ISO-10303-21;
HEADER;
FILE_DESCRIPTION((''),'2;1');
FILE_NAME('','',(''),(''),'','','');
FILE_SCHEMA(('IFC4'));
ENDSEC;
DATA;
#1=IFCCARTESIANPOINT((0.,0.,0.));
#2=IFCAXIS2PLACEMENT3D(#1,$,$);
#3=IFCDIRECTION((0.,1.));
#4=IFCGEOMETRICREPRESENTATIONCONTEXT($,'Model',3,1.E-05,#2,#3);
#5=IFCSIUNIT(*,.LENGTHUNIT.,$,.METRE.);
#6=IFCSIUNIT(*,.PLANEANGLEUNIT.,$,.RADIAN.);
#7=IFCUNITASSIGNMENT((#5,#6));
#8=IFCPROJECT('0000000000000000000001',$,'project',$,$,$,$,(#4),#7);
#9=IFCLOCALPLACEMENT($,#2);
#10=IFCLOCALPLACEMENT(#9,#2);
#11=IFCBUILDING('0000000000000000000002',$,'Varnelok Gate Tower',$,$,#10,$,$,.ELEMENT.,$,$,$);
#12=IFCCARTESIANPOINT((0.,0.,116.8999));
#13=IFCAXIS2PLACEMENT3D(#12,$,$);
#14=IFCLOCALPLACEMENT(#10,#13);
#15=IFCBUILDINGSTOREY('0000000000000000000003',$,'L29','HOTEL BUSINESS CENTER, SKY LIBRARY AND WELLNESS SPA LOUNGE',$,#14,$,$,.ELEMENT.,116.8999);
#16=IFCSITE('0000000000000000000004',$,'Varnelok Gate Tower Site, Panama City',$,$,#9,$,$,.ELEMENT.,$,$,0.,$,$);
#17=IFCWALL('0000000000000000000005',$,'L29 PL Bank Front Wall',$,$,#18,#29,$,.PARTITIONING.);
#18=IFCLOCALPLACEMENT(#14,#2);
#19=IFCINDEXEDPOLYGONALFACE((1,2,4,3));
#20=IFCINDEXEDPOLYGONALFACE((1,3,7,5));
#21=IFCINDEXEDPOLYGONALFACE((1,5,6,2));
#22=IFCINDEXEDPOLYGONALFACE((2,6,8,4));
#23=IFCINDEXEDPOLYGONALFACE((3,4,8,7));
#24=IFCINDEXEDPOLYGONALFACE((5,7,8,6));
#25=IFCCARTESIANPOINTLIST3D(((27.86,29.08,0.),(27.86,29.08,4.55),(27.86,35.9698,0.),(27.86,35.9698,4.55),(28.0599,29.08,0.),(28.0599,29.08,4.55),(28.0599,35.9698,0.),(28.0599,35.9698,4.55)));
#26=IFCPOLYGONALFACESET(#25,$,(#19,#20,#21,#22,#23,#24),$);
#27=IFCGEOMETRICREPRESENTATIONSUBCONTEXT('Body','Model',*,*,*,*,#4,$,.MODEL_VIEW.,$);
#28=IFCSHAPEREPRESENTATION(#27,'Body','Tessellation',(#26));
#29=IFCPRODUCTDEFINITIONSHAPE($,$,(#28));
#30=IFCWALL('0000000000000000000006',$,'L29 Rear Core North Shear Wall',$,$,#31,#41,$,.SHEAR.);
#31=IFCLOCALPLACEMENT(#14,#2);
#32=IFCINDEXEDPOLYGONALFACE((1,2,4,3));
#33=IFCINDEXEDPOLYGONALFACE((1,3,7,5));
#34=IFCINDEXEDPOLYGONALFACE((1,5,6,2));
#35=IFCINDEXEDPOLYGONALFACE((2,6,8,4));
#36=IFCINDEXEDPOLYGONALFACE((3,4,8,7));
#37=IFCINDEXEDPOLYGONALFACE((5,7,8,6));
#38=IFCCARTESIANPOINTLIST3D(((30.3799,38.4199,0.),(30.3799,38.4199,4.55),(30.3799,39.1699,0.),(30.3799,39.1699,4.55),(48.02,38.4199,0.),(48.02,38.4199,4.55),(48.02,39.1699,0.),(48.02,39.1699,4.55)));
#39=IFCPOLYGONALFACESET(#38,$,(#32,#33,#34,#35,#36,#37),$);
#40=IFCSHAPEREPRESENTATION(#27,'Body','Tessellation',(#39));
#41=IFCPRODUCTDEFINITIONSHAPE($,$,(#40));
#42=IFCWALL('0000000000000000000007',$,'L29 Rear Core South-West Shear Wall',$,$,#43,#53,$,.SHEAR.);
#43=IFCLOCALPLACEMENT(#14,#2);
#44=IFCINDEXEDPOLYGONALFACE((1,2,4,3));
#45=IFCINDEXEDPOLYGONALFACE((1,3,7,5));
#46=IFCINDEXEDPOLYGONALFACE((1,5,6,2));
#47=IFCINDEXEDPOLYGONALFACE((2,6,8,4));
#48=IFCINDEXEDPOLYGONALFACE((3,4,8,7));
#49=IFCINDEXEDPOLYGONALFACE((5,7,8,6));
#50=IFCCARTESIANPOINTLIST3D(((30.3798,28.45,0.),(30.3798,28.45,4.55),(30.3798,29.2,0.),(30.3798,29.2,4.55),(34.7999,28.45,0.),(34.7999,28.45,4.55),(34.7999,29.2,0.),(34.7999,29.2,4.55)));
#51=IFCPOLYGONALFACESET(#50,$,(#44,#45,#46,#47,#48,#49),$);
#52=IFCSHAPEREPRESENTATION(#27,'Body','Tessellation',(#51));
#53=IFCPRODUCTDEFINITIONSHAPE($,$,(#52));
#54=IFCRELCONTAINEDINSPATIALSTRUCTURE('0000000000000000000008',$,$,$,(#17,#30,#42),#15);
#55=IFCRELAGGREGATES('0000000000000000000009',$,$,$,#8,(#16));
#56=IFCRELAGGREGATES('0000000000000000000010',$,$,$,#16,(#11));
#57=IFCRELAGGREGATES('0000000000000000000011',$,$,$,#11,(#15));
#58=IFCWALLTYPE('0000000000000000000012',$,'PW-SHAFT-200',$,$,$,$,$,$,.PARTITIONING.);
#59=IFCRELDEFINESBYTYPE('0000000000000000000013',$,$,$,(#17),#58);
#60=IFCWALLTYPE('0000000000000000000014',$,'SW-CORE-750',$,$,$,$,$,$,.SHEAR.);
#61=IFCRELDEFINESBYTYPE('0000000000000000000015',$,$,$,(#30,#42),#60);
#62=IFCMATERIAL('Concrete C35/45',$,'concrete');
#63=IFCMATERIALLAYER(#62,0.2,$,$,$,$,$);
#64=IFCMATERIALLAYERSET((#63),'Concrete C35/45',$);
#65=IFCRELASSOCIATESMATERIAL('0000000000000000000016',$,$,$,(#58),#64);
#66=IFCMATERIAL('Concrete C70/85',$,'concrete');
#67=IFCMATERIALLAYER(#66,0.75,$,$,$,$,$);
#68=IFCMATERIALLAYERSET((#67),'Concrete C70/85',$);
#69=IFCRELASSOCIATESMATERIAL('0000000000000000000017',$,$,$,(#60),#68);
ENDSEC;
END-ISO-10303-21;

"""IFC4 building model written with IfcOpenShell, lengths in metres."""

from ifc_helpers import new_model, si_unit, direction, frame, frame_2d, origin, place, context, subcontext, project, spatial, rectangle, extrude, material, layer, layer_set, type_object, element, save


model = new_model("IFC4")

# Units and contexts
model_context = context("Model", 3, precision=1e-05, world=origin(), true_north=direction((0.0, 1.0)))
body_context = subcontext(model_context, "Body", "Model", "MODEL_VIEW")
ifc_project = project(units=[si_unit("LENGTHUNIT", "METRE"), si_unit("PLANEANGLEUNIT", "RADIAN")], contexts=[model_context])

# Site, building, storey
site_placement = place(None, origin())
site = spatial("IfcSite", under=ifc_project, at=site_placement, Name="Varnelok Gate Tower Site, Panama City", CompositionType="ELEMENT", RefElevation=0.0)
building_placement = place(site_placement, origin())
building = spatial("IfcBuilding", under=site, at=building_placement, Name="Varnelok Gate Tower", CompositionType="ELEMENT")
storey_placement = place(building_placement, frame((0.0, 0.0, 116.8999)))
storey = spatial("IfcBuildingStorey", under=building, at=storey_placement, Name="L29", Description="HOTEL BUSINESS CENTER, SKY LIBRARY AND WELLNESS SPA LOUNGE", CompositionType="ELEMENT", Elevation=116.8999)

# Shared definitions
ifc_material_1 = material(Name="Concrete C70/85", Category="concrete")

# Walls
ifc_material_2 = material(Name="Concrete C35/45", Category="concrete")
ifc_layer_1 = layer(ifc_material_2, 0.2)
ifc_layer_set_1 = layer_set([ifc_layer_1], Name="Concrete C35/45")
wall_type_1 = type_object("IfcWallType", Name="PW-SHAFT-200", PredefinedType="PARTITIONING", material=ifc_layer_set_1)
for number, where, z_axis, x_axis, name in (
    (1, (27.96, 29.0801, 0.0), (0.0, 0.0, 1.0), (0.0, 1.0, 0.0), "L29 PL Bank Front Wall"),
):
    element("IfcWall", number, at=place(storey_placement, frame(where, z_axis=z_axis, x_axis=x_axis)), inside=storey, type_object=wall_type_1, Name=name, PredefinedType="PARTITIONING", context=body_context, shape_type="SweptSolid", body=[
        extrude(rectangle(XDim=6.8899, YDim=0.2, at=frame_2d((3.4448, 0.0))), origin(), (0.0, 0.0, 1.0), 4.55),
    ])
ifc_layer_2 = layer(ifc_material_1, 0.75)
ifc_layer_set_2 = layer_set([ifc_layer_2], Name="Concrete C70/85")
wall_type_2 = type_object("IfcWallType", Name="SW-CORE-750", PredefinedType="SHEAR", material=ifc_layer_set_2)
wall_1_placement = place(storey_placement, frame((30.3799, 38.7949, 0.0), z_axis=(0.0, 0.0, 1.0), x_axis=(1.0, 0.0, 0.0)))
element("IfcWall", 2, at=wall_1_placement, inside=storey, type_object=wall_type_2, Name="L29 Rear Core North Shear Wall", PredefinedType="SHEAR", context=body_context, shape_type="SweptSolid", body=[
    extrude(rectangle(XDim=17.6401, YDim=0.75, at=frame_2d((8.8201, 0.0))), origin(), (0.0, 0.0, 1.0), 4.55),
])
wall_2_placement = place(storey_placement, frame((30.3799, 28.825, 0.0), z_axis=(0.0, 0.0, 1.0), x_axis=(1.0, 0.0, 0.0)))
element("IfcWall", 3, at=wall_2_placement, inside=storey, type_object=wall_type_2, Name="L29 Rear Core South-West Shear Wall", PredefinedType="SHEAR", context=body_context, shape_type="SweptSolid", body=[
    extrude(rectangle(XDim=4.4202, YDim=0.75, at=frame_2d((2.21, 0.0))), origin(), (0.0, 0.0, 1.0), 4.55),
])

save(model, "model.ifc")
